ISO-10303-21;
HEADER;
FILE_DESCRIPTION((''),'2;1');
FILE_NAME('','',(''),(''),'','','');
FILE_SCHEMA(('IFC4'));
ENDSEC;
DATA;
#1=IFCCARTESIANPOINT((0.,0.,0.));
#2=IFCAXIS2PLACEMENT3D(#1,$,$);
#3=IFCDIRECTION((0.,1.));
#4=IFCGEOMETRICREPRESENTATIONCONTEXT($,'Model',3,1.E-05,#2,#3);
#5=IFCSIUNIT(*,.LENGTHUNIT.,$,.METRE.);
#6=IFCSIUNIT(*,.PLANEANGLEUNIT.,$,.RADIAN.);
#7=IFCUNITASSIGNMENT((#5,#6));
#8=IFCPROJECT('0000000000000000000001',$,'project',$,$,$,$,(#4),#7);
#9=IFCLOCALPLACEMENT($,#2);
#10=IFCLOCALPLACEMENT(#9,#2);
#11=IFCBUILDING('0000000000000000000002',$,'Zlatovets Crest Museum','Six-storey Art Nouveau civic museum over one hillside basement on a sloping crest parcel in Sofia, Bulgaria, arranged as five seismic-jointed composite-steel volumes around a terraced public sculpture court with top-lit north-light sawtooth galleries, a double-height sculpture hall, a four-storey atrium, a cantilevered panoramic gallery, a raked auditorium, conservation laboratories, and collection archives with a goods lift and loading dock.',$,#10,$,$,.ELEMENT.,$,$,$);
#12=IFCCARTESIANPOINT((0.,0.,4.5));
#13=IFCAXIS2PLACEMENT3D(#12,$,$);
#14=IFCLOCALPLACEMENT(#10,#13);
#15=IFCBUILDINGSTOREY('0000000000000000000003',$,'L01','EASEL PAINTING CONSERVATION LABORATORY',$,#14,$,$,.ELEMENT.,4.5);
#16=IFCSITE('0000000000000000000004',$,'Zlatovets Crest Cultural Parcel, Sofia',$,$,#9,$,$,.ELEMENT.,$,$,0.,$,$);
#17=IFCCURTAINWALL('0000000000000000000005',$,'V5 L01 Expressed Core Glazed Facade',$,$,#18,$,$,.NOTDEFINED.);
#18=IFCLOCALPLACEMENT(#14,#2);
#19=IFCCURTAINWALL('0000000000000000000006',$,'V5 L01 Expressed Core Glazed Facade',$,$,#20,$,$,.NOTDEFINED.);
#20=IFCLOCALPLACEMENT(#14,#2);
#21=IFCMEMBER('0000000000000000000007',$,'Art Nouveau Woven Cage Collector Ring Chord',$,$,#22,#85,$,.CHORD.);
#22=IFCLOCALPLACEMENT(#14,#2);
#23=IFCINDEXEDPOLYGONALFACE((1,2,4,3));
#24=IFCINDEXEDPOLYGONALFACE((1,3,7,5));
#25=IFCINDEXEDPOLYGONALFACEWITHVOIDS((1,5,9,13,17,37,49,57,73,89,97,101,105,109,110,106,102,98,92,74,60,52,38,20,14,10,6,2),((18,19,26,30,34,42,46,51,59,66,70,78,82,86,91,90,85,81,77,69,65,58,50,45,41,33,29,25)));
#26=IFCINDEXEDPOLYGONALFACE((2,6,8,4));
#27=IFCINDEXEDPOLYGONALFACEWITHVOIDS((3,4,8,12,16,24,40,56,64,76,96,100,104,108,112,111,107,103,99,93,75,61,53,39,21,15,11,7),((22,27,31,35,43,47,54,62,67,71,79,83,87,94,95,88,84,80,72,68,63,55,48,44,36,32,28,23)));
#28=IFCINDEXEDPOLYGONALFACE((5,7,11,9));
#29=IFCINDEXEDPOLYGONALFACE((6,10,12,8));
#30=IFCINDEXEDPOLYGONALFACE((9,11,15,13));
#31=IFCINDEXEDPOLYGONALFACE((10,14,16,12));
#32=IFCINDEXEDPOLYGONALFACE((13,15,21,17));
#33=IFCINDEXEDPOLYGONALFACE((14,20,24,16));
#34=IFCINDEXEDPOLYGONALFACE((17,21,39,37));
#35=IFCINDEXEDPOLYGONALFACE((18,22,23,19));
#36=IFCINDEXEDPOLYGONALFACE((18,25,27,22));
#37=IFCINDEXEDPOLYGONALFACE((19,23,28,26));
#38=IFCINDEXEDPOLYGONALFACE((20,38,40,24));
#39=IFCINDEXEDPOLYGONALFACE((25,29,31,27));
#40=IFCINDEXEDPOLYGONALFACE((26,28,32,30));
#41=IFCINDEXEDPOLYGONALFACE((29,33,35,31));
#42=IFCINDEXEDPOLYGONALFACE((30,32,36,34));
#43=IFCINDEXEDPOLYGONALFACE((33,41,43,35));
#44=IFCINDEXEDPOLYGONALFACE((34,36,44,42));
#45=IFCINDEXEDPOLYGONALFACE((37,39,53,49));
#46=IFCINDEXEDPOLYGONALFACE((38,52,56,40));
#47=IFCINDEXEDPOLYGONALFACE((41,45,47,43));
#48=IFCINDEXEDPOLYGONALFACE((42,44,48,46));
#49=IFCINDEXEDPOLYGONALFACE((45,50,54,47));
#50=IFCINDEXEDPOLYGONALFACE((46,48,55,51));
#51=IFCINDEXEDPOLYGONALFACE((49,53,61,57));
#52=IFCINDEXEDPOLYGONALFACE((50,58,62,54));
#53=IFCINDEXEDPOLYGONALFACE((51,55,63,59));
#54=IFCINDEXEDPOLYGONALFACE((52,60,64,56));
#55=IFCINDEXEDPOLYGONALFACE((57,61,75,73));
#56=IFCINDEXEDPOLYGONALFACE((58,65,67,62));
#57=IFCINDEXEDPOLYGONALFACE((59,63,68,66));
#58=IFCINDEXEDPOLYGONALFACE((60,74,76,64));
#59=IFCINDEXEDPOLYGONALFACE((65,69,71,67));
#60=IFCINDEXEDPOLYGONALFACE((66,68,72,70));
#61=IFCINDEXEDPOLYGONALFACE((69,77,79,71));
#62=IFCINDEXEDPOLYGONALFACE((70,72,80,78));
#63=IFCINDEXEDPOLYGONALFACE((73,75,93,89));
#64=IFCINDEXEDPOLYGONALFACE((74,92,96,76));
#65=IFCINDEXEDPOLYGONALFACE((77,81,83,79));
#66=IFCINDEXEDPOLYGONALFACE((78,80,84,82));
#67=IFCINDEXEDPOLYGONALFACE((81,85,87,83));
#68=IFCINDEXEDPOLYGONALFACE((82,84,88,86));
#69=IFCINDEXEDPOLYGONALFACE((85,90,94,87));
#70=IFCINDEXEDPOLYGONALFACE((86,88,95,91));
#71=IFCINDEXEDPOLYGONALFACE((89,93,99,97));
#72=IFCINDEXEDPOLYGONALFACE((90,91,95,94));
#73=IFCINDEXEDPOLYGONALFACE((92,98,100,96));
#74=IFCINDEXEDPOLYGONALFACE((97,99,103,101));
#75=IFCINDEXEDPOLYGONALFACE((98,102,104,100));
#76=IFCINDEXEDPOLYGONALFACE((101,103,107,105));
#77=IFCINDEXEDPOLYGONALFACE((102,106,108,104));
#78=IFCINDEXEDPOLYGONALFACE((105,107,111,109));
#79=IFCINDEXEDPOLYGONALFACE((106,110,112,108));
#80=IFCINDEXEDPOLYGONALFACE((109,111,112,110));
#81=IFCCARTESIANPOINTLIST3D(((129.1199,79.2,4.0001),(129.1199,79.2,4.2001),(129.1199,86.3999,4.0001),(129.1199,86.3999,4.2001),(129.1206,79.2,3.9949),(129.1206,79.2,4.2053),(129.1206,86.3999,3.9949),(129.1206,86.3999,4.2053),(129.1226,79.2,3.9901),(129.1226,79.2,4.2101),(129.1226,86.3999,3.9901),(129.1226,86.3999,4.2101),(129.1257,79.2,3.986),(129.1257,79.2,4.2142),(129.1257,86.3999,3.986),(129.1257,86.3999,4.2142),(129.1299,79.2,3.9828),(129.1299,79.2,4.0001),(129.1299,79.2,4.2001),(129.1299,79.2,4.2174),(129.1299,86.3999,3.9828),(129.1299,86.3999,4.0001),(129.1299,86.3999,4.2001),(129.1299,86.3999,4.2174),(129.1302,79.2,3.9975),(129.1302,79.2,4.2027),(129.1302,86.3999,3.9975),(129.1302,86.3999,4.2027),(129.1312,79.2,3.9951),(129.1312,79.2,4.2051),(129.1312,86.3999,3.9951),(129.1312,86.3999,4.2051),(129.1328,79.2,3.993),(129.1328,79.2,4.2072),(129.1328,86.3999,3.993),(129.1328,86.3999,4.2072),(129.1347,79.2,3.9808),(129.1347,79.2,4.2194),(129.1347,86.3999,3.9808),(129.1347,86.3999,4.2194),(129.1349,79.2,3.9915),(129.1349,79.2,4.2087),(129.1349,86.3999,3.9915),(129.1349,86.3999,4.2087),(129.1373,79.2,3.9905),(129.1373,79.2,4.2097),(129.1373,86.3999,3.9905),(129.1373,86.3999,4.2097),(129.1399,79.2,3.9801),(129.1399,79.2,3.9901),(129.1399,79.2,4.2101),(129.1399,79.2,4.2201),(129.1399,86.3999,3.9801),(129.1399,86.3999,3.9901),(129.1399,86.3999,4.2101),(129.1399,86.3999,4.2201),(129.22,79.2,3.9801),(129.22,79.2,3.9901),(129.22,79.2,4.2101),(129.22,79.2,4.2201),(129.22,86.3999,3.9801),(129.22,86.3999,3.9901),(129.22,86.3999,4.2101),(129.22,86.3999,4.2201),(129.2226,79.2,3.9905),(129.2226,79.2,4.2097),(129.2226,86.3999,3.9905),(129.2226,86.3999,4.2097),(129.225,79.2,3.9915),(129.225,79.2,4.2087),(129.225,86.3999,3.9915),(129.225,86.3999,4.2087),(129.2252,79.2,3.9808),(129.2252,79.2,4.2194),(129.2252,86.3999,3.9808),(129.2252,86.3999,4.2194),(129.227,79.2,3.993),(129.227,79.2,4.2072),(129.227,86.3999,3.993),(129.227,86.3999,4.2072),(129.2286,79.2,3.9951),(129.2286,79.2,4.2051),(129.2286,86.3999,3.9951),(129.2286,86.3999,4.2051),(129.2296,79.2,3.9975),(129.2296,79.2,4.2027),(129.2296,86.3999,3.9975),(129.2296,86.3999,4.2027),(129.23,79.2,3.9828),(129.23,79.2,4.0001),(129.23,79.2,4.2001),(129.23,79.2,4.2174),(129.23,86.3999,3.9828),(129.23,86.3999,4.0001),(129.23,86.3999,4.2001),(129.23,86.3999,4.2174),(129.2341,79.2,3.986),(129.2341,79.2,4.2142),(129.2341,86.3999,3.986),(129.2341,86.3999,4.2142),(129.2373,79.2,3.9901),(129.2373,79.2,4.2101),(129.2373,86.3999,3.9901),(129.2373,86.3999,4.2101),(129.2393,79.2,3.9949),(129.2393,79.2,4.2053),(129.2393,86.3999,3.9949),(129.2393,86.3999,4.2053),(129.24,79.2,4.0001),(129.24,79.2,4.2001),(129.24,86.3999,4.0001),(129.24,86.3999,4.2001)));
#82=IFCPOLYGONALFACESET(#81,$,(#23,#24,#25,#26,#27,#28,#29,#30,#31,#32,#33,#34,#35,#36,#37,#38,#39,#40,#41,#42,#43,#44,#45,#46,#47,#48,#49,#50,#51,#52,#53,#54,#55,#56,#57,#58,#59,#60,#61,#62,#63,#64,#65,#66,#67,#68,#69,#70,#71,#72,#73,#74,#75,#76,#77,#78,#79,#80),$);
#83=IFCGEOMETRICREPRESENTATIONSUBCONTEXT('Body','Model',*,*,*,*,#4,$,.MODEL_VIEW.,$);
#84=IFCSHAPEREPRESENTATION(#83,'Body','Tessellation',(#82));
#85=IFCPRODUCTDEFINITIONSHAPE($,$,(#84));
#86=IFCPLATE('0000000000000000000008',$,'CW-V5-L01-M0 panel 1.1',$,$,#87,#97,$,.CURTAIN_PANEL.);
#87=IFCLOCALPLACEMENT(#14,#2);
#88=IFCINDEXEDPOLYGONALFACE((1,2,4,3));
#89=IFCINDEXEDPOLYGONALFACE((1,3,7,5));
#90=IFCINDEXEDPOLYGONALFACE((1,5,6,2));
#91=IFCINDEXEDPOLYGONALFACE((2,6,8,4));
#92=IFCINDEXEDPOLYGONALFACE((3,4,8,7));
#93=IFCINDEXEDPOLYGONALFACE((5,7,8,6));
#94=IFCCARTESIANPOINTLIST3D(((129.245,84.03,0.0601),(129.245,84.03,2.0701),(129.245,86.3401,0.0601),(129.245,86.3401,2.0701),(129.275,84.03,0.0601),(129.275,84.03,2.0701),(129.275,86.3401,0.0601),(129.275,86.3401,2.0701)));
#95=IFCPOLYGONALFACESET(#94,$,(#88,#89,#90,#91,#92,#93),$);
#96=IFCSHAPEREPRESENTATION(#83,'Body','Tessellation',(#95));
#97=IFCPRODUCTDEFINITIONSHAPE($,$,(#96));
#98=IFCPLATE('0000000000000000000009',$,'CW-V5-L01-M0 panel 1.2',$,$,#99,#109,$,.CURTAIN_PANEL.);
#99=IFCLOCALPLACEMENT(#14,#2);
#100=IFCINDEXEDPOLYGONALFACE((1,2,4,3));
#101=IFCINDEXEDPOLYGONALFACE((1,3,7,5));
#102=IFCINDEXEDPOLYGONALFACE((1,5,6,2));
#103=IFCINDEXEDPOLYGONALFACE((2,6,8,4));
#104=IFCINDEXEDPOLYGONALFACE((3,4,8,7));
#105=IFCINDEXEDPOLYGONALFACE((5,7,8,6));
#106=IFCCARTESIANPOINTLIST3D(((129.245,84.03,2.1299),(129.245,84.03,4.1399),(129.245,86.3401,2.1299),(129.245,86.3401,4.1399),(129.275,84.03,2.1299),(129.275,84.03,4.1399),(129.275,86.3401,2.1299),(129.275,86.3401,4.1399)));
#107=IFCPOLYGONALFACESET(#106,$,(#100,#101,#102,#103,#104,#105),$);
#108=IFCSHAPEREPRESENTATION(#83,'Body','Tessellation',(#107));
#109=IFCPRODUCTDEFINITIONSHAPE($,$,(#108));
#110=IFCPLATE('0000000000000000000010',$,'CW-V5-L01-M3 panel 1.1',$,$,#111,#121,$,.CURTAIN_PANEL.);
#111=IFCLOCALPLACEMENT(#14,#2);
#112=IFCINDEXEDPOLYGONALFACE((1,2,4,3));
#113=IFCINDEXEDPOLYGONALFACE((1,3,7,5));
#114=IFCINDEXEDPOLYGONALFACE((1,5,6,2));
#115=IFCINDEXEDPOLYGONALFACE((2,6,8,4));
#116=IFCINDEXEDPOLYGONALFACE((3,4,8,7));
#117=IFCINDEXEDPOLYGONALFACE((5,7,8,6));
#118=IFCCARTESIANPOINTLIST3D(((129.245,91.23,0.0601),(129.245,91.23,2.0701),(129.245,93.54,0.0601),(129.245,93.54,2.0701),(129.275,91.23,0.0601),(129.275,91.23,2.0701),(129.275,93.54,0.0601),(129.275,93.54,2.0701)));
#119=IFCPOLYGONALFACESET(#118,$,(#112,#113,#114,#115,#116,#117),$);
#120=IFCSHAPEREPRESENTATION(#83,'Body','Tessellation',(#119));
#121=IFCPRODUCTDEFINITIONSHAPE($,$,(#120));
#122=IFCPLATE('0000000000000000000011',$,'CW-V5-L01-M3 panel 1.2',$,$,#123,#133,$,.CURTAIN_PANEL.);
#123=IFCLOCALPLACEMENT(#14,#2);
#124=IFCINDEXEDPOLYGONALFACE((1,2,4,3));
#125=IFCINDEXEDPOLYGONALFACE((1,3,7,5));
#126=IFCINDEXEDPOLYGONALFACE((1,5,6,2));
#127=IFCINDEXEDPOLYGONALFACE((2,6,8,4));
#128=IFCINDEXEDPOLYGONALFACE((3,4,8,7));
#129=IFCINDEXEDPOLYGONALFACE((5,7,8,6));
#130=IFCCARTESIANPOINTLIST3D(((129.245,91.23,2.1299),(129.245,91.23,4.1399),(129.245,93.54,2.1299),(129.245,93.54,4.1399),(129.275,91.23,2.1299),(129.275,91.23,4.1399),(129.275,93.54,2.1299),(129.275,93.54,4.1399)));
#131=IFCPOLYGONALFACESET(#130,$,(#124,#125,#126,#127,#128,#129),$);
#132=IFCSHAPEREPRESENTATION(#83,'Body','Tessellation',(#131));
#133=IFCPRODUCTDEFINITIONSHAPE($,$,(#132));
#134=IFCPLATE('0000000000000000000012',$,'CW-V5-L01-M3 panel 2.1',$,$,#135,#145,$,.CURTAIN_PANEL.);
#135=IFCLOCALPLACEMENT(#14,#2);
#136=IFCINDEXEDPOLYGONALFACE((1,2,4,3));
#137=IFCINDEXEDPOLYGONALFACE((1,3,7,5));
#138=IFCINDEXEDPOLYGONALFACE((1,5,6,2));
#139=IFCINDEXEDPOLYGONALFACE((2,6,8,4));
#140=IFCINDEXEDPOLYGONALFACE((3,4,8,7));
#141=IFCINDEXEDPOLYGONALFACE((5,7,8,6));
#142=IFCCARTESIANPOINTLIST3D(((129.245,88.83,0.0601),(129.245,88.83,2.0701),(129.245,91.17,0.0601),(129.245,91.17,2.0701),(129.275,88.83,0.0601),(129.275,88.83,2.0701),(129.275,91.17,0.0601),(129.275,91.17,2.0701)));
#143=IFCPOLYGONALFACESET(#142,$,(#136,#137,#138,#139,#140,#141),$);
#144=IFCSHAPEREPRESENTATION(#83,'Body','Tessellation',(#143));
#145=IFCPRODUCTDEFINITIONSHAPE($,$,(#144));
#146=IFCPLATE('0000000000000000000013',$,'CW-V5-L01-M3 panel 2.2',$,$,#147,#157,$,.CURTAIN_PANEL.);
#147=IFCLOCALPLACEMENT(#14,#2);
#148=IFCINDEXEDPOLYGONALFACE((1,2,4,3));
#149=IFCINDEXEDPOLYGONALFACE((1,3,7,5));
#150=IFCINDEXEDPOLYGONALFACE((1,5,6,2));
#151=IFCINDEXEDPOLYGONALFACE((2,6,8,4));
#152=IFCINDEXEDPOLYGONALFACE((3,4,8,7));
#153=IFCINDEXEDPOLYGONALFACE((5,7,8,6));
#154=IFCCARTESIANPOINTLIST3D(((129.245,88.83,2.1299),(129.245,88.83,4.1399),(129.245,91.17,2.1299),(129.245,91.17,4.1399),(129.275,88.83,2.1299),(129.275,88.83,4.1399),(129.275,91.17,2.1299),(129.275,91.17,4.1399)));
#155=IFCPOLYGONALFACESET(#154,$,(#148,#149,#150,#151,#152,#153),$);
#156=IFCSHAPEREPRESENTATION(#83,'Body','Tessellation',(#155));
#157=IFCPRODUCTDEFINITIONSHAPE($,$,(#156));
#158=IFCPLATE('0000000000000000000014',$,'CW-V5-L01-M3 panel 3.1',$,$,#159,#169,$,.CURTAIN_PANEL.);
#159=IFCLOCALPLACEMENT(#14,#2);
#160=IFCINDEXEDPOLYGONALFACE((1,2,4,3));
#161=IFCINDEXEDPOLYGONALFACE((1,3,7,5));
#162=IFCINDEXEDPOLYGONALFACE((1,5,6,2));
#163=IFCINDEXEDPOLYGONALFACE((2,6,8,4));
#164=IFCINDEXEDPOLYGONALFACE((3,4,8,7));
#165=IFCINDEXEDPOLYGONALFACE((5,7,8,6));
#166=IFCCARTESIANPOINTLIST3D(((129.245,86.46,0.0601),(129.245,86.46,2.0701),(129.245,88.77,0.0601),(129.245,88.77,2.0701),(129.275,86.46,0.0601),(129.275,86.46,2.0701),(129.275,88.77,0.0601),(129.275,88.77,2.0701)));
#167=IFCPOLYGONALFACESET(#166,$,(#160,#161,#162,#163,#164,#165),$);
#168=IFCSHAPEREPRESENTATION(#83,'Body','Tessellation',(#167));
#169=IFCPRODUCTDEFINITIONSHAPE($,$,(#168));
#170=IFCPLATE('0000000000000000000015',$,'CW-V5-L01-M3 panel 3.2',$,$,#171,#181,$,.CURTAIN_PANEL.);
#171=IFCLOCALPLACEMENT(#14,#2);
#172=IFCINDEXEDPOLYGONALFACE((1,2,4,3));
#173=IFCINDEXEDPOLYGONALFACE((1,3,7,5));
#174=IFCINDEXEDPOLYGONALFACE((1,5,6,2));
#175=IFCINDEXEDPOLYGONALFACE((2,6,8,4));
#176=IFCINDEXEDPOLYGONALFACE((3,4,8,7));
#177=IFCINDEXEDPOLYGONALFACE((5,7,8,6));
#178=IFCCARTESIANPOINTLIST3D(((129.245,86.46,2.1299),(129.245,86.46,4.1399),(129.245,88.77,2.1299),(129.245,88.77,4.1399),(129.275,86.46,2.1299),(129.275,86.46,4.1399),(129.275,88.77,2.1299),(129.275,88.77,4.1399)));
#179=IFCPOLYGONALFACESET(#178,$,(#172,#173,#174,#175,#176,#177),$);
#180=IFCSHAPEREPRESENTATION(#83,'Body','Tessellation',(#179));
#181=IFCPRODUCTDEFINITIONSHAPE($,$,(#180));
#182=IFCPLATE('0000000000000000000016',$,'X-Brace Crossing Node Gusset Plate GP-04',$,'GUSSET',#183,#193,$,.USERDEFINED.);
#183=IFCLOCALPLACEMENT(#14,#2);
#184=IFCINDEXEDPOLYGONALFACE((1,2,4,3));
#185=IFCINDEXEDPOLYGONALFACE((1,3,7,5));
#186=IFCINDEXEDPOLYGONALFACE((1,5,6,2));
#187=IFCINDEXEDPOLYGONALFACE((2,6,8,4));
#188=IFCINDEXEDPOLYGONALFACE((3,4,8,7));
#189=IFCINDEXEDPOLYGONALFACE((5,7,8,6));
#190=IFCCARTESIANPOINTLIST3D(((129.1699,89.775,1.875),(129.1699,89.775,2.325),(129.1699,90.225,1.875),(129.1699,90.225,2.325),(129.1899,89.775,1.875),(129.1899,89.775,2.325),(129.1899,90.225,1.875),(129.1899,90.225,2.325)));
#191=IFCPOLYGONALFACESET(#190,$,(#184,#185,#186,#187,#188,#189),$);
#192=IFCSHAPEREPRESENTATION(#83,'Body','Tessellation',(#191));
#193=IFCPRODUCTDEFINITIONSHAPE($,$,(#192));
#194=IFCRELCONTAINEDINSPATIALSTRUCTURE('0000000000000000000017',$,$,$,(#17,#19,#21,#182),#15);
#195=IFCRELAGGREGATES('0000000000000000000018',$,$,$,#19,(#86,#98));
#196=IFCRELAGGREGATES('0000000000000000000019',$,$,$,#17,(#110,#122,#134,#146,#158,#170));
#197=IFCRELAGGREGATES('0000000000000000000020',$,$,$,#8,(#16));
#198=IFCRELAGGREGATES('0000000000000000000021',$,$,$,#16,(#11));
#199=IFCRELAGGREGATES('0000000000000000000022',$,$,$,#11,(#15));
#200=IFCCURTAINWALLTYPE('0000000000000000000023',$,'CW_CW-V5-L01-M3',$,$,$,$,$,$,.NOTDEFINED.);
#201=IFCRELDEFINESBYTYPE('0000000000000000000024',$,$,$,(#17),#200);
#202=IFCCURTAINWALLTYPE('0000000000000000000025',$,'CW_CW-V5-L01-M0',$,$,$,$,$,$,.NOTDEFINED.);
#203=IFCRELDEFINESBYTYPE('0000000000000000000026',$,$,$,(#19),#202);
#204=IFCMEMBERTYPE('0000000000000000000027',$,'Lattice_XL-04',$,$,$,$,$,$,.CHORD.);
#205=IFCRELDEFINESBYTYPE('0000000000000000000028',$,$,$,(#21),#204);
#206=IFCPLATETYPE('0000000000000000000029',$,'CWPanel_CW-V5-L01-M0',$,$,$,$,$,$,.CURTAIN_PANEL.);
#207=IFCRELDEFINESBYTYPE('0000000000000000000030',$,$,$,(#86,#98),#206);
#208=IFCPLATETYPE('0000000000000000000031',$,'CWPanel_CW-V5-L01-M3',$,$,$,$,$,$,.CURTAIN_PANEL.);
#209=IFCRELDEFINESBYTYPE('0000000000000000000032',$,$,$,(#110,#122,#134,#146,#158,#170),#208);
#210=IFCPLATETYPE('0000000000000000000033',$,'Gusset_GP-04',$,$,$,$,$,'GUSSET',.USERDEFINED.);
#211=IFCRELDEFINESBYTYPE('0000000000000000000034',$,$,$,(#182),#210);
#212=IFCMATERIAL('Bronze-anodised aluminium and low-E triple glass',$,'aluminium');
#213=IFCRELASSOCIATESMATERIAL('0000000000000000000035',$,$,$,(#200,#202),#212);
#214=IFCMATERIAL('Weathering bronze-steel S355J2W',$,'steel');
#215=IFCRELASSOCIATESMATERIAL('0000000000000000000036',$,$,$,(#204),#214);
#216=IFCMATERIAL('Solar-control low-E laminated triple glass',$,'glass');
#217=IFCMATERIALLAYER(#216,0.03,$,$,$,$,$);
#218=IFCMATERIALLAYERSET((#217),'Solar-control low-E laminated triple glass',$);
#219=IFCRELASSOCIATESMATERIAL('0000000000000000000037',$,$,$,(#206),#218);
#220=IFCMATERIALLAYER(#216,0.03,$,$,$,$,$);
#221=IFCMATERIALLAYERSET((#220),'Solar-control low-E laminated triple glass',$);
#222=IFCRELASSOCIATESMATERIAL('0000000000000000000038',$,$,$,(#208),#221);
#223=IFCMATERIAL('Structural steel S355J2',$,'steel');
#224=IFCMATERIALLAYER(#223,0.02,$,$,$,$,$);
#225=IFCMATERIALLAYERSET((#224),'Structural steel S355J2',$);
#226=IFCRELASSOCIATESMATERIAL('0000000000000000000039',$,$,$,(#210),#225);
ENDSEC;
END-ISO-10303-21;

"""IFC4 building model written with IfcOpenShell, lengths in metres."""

from ifc_helpers import new_model, si_unit, direction, frame, origin, origin_2d, place, context, subcontext, project, spatial, rectangle, hollow_rectangle, extrude, material, layer, layer_set, material_profile, profile_set, type_object, element, aggregate, save


model = new_model("IFC4")

# Units and contexts
model_context = context("Model", 3, precision=1e-05, world=origin(), true_north=direction((0.0, 1.0)))
body_context = subcontext(model_context, "Body", "Model", "MODEL_VIEW")
ifc_project = project(units=[si_unit("LENGTHUNIT", "METRE"), si_unit("PLANEANGLEUNIT", "RADIAN")], contexts=[model_context])

# Site, building, storey
site_placement = place(None, origin())
site = spatial("IfcSite", under=ifc_project, at=site_placement, Name="Zlatovets Crest Cultural Parcel, Sofia", CompositionType="ELEMENT", RefElevation=0.0)
building_placement = place(site_placement, origin())
building = spatial("IfcBuilding", under=site, at=building_placement, Name="Zlatovets Crest Museum", Description="Six-storey Art Nouveau civic museum over one hillside basement on a sloping crest parcel in Sofia, Bulgaria, arranged as five seismic-jointed composite-steel volumes around a terraced public sculpture court with top-lit north-light sawtooth galleries, a double-height sculpture hall, a four-storey atrium, a cantilevered panoramic gallery, a raked auditorium, conservation laboratories, and collection archives with a goods lift and loading dock.", CompositionType="ELEMENT")
storey_placement = place(building_placement, frame((0.0, 0.0, 4.5)))
storey = spatial("IfcBuildingStorey", under=building, at=storey_placement, Name="L01", Description="EASEL PAINTING CONSERVATION LABORATORY", CompositionType="ELEMENT", Elevation=4.5)

# Shared definitions
ifc_material_1 = material(Name="Bronze-anodised aluminium and low-E triple glass", Category="aluminium")

# Curtain walls
curtain_wall_type_1 = type_object("IfcCurtainWallType", Name="CW_CW-V5-L01-M3", PredefinedType="NOTDEFINED", material=ifc_material_1)
curtain_wall_1_placement = place(storey_placement, origin())
curtain_wall_1 = element("IfcCurtainWall", 1, at=curtain_wall_1_placement, inside=storey, type_object=curtain_wall_type_1, Name="V5 L01 Expressed Core Glazed Facade", PredefinedType="NOTDEFINED")
curtain_wall_type_2 = type_object("IfcCurtainWallType", Name="CW_CW-V5-L01-M0", PredefinedType="NOTDEFINED", material=ifc_material_1)
curtain_wall_2_placement = place(storey_placement, origin())
curtain_wall_2 = element("IfcCurtainWall", 2, at=curtain_wall_2_placement, inside=storey, type_object=curtain_wall_type_2, Name="V5 L01 Expressed Core Glazed Facade", PredefinedType="NOTDEFINED")

# Member
ifc_material_2 = material(Name="Weathering bronze-steel S355J2W", Category="steel")
ifc_material_profile_1 = material_profile(ifc_material_2, hollow_rectangle(XDim=0.1201, YDim=0.24, WallThickness=0.01, InnerFilletRadius=0.01, OuterFilletRadius=0.02, at=origin_2d()), Name="RHS 120x240x10.0")
ifc_profile_set_1 = profile_set([ifc_material_profile_1], Name="Weathering bronze-steel S355J2W")
member_type_1 = type_object("IfcMemberType", Name="Lattice_XL-04", PredefinedType="CHORD", material=ifc_profile_set_1)
member_1_placement = place(storey_placement, frame((129.1799, 86.3999, 4.1001), z_axis=(0.0, -1.0, 0.0), x_axis=(1.0, 0.0, 0.0)))
element("IfcMember", 3, at=member_1_placement, inside=storey, type_object=member_type_1, Name="Art Nouveau Woven Cage Collector Ring Chord", PredefinedType="CHORD", context=body_context, shape_type="SweptSolid", body=[
    extrude(hollow_rectangle(XDim=0.1201, YDim=0.24, WallThickness=0.01, InnerFilletRadius=0.01, OuterFilletRadius=0.02, at=origin_2d()), origin(), (0.0, 0.0, 1.0), 7.2),
])

# Plates
ifc_material_3 = material(Name="Solar-control low-E laminated triple glass", Category="glass")
ifc_layer_1 = layer(ifc_material_3, 0.03)
ifc_layer_set_1 = layer_set([ifc_layer_1], Name="Solar-control low-E laminated triple glass")
plate_type_1 = type_object("IfcPlateType", Name="CWPanel_CW-V5-L01-M0", PredefinedType="CURTAIN_PANEL", material=ifc_layer_set_1)
plate_1_placement = place(storey_placement, frame((129.26, 85.1851, 0.0601), z_axis=(0.0, 0.0, 1.0), x_axis=(0.0, -1.0, 0.0)))
plate_1 = element("IfcPlate", 4, at=plate_1_placement, type_object=plate_type_1, Name="CW-V5-L01-M0 panel 1.1", PredefinedType="CURTAIN_PANEL", context=body_context, shape_type="SweptSolid", body=[
    extrude(rectangle(XDim=2.3101, YDim=0.03, at=origin_2d()), origin(), (0.0, 0.0, 1.0), 2.01),
])
plate_2_placement = place(storey_placement, frame((129.26, 85.1851, 2.1299), z_axis=(0.0, 0.0, 1.0), x_axis=(0.0, -1.0, 0.0)))
plate_2 = element("IfcPlate", 5, at=plate_2_placement, type_object=plate_type_1, Name="CW-V5-L01-M0 panel 1.2", PredefinedType="CURTAIN_PANEL", context=body_context, shape_type="SweptSolid", body=[
    extrude(rectangle(XDim=2.3101, YDim=0.03, at=origin_2d()), origin(), (0.0, 0.0, 1.0), 2.01),
])
aggregate(curtain_wall_2, [plate_1, plate_2])
ifc_layer_2 = layer(ifc_material_3, 0.03)
ifc_layer_set_2 = layer_set([ifc_layer_2], Name="Solar-control low-E laminated triple glass")
plate_type_2 = type_object("IfcPlateType", Name="CWPanel_CW-V5-L01-M3", PredefinedType="CURTAIN_PANEL", material=ifc_layer_set_2)
plate_3_placement = place(storey_placement, frame((129.26, 92.385, 0.0601), z_axis=(0.0, 0.0, 1.0), x_axis=(0.0, -1.0, 0.0)))
plate_3 = element("IfcPlate", 6, at=plate_3_placement, type_object=plate_type_2, Name="CW-V5-L01-M3 panel 1.1", PredefinedType="CURTAIN_PANEL", context=body_context, shape_type="SweptSolid", body=[
    extrude(rectangle(XDim=2.3101, YDim=0.03, at=origin_2d()), origin(), (0.0, 0.0, 1.0), 2.01),
])
plate_4_placement = place(storey_placement, frame((129.26, 92.385, 2.1299), z_axis=(0.0, 0.0, 1.0), x_axis=(0.0, -1.0, 0.0)))
plate_4 = element("IfcPlate", 7, at=plate_4_placement, type_object=plate_type_2, Name="CW-V5-L01-M3 panel 1.2", PredefinedType="CURTAIN_PANEL", context=body_context, shape_type="SweptSolid", body=[
    extrude(rectangle(XDim=2.3101, YDim=0.03, at=origin_2d()), origin(), (0.0, 0.0, 1.0), 2.01),
])
plate_5_placement = place(storey_placement, frame((129.26, 90.0, 0.0601), z_axis=(0.0, 0.0, 1.0), x_axis=(0.0, -1.0, 0.0)))
plate_5 = element("IfcPlate", 8, at=plate_5_placement, type_object=plate_type_2, Name="CW-V5-L01-M3 panel 2.1", PredefinedType="CURTAIN_PANEL", context=body_context, shape_type="SweptSolid", body=[
    extrude(rectangle(XDim=2.3401, YDim=0.03, at=origin_2d()), origin(), (0.0, 0.0, 1.0), 2.01),
])
plate_6_placement = place(storey_placement, frame((129.26, 90.0, 2.1299), z_axis=(0.0, 0.0, 1.0), x_axis=(0.0, -1.0, 0.0)))
plate_6 = element("IfcPlate", 9, at=plate_6_placement, type_object=plate_type_2, Name="CW-V5-L01-M3 panel 2.2", PredefinedType="CURTAIN_PANEL", context=body_context, shape_type="SweptSolid", body=[
    extrude(rectangle(XDim=2.3401, YDim=0.03, at=origin_2d()), origin(), (0.0, 0.0, 1.0), 2.01),
])
plate_7_placement = place(storey_placement, frame((129.26, 87.615, 0.0601), z_axis=(0.0, 0.0, 1.0), x_axis=(0.0, -1.0, 0.0)))
plate_7 = element("IfcPlate", 10, at=plate_7_placement, type_object=plate_type_2, Name="CW-V5-L01-M3 panel 3.1", PredefinedType="CURTAIN_PANEL", context=body_context, shape_type="SweptSolid", body=[
    extrude(rectangle(XDim=2.3101, YDim=0.03, at=origin_2d()), origin(), (0.0, 0.0, 1.0), 2.01),
])
plate_8_placement = place(storey_placement, frame((129.26, 87.615, 2.1299), z_axis=(0.0, 0.0, 1.0), x_axis=(0.0, -1.0, 0.0)))
plate_8 = element("IfcPlate", 11, at=plate_8_placement, type_object=plate_type_2, Name="CW-V5-L01-M3 panel 3.2", PredefinedType="CURTAIN_PANEL", context=body_context, shape_type="SweptSolid", body=[
    extrude(rectangle(XDim=2.3101, YDim=0.03, at=origin_2d()), origin(), (0.0, 0.0, 1.0), 2.01),
])
aggregate(curtain_wall_1, [plate_3, plate_4, plate_5, plate_6, plate_7, plate_8])
ifc_material_4 = material(Name="Structural steel S355J2", Category="steel")
ifc_layer_3 = layer(ifc_material_4, 0.02)
ifc_layer_set_3 = layer_set([ifc_layer_3], Name="Structural steel S355J2")
plate_type_3 = type_object("IfcPlateType", Name="Gusset_GP-04", ElementType="GUSSET", PredefinedType="USERDEFINED", material=ifc_layer_set_3)
plate_9_placement = place(storey_placement, frame((129.1799, 90.0, 1.875), z_axis=(0.0, 0.0, 1.0), x_axis=(1.0, 0.0, 0.0)))
element("IfcPlate", 12, at=plate_9_placement, inside=storey, type_object=plate_type_3, Name="X-Brace Crossing Node Gusset Plate GP-04", ObjectType="GUSSET", PredefinedType="USERDEFINED", context=body_context, shape_type="SweptSolid", body=[
    extrude(rectangle(XDim=0.02, YDim=0.45, at=origin_2d()), origin(), (0.0, 0.0, 1.0), 0.45),
])

save(model, "model.ifc")
